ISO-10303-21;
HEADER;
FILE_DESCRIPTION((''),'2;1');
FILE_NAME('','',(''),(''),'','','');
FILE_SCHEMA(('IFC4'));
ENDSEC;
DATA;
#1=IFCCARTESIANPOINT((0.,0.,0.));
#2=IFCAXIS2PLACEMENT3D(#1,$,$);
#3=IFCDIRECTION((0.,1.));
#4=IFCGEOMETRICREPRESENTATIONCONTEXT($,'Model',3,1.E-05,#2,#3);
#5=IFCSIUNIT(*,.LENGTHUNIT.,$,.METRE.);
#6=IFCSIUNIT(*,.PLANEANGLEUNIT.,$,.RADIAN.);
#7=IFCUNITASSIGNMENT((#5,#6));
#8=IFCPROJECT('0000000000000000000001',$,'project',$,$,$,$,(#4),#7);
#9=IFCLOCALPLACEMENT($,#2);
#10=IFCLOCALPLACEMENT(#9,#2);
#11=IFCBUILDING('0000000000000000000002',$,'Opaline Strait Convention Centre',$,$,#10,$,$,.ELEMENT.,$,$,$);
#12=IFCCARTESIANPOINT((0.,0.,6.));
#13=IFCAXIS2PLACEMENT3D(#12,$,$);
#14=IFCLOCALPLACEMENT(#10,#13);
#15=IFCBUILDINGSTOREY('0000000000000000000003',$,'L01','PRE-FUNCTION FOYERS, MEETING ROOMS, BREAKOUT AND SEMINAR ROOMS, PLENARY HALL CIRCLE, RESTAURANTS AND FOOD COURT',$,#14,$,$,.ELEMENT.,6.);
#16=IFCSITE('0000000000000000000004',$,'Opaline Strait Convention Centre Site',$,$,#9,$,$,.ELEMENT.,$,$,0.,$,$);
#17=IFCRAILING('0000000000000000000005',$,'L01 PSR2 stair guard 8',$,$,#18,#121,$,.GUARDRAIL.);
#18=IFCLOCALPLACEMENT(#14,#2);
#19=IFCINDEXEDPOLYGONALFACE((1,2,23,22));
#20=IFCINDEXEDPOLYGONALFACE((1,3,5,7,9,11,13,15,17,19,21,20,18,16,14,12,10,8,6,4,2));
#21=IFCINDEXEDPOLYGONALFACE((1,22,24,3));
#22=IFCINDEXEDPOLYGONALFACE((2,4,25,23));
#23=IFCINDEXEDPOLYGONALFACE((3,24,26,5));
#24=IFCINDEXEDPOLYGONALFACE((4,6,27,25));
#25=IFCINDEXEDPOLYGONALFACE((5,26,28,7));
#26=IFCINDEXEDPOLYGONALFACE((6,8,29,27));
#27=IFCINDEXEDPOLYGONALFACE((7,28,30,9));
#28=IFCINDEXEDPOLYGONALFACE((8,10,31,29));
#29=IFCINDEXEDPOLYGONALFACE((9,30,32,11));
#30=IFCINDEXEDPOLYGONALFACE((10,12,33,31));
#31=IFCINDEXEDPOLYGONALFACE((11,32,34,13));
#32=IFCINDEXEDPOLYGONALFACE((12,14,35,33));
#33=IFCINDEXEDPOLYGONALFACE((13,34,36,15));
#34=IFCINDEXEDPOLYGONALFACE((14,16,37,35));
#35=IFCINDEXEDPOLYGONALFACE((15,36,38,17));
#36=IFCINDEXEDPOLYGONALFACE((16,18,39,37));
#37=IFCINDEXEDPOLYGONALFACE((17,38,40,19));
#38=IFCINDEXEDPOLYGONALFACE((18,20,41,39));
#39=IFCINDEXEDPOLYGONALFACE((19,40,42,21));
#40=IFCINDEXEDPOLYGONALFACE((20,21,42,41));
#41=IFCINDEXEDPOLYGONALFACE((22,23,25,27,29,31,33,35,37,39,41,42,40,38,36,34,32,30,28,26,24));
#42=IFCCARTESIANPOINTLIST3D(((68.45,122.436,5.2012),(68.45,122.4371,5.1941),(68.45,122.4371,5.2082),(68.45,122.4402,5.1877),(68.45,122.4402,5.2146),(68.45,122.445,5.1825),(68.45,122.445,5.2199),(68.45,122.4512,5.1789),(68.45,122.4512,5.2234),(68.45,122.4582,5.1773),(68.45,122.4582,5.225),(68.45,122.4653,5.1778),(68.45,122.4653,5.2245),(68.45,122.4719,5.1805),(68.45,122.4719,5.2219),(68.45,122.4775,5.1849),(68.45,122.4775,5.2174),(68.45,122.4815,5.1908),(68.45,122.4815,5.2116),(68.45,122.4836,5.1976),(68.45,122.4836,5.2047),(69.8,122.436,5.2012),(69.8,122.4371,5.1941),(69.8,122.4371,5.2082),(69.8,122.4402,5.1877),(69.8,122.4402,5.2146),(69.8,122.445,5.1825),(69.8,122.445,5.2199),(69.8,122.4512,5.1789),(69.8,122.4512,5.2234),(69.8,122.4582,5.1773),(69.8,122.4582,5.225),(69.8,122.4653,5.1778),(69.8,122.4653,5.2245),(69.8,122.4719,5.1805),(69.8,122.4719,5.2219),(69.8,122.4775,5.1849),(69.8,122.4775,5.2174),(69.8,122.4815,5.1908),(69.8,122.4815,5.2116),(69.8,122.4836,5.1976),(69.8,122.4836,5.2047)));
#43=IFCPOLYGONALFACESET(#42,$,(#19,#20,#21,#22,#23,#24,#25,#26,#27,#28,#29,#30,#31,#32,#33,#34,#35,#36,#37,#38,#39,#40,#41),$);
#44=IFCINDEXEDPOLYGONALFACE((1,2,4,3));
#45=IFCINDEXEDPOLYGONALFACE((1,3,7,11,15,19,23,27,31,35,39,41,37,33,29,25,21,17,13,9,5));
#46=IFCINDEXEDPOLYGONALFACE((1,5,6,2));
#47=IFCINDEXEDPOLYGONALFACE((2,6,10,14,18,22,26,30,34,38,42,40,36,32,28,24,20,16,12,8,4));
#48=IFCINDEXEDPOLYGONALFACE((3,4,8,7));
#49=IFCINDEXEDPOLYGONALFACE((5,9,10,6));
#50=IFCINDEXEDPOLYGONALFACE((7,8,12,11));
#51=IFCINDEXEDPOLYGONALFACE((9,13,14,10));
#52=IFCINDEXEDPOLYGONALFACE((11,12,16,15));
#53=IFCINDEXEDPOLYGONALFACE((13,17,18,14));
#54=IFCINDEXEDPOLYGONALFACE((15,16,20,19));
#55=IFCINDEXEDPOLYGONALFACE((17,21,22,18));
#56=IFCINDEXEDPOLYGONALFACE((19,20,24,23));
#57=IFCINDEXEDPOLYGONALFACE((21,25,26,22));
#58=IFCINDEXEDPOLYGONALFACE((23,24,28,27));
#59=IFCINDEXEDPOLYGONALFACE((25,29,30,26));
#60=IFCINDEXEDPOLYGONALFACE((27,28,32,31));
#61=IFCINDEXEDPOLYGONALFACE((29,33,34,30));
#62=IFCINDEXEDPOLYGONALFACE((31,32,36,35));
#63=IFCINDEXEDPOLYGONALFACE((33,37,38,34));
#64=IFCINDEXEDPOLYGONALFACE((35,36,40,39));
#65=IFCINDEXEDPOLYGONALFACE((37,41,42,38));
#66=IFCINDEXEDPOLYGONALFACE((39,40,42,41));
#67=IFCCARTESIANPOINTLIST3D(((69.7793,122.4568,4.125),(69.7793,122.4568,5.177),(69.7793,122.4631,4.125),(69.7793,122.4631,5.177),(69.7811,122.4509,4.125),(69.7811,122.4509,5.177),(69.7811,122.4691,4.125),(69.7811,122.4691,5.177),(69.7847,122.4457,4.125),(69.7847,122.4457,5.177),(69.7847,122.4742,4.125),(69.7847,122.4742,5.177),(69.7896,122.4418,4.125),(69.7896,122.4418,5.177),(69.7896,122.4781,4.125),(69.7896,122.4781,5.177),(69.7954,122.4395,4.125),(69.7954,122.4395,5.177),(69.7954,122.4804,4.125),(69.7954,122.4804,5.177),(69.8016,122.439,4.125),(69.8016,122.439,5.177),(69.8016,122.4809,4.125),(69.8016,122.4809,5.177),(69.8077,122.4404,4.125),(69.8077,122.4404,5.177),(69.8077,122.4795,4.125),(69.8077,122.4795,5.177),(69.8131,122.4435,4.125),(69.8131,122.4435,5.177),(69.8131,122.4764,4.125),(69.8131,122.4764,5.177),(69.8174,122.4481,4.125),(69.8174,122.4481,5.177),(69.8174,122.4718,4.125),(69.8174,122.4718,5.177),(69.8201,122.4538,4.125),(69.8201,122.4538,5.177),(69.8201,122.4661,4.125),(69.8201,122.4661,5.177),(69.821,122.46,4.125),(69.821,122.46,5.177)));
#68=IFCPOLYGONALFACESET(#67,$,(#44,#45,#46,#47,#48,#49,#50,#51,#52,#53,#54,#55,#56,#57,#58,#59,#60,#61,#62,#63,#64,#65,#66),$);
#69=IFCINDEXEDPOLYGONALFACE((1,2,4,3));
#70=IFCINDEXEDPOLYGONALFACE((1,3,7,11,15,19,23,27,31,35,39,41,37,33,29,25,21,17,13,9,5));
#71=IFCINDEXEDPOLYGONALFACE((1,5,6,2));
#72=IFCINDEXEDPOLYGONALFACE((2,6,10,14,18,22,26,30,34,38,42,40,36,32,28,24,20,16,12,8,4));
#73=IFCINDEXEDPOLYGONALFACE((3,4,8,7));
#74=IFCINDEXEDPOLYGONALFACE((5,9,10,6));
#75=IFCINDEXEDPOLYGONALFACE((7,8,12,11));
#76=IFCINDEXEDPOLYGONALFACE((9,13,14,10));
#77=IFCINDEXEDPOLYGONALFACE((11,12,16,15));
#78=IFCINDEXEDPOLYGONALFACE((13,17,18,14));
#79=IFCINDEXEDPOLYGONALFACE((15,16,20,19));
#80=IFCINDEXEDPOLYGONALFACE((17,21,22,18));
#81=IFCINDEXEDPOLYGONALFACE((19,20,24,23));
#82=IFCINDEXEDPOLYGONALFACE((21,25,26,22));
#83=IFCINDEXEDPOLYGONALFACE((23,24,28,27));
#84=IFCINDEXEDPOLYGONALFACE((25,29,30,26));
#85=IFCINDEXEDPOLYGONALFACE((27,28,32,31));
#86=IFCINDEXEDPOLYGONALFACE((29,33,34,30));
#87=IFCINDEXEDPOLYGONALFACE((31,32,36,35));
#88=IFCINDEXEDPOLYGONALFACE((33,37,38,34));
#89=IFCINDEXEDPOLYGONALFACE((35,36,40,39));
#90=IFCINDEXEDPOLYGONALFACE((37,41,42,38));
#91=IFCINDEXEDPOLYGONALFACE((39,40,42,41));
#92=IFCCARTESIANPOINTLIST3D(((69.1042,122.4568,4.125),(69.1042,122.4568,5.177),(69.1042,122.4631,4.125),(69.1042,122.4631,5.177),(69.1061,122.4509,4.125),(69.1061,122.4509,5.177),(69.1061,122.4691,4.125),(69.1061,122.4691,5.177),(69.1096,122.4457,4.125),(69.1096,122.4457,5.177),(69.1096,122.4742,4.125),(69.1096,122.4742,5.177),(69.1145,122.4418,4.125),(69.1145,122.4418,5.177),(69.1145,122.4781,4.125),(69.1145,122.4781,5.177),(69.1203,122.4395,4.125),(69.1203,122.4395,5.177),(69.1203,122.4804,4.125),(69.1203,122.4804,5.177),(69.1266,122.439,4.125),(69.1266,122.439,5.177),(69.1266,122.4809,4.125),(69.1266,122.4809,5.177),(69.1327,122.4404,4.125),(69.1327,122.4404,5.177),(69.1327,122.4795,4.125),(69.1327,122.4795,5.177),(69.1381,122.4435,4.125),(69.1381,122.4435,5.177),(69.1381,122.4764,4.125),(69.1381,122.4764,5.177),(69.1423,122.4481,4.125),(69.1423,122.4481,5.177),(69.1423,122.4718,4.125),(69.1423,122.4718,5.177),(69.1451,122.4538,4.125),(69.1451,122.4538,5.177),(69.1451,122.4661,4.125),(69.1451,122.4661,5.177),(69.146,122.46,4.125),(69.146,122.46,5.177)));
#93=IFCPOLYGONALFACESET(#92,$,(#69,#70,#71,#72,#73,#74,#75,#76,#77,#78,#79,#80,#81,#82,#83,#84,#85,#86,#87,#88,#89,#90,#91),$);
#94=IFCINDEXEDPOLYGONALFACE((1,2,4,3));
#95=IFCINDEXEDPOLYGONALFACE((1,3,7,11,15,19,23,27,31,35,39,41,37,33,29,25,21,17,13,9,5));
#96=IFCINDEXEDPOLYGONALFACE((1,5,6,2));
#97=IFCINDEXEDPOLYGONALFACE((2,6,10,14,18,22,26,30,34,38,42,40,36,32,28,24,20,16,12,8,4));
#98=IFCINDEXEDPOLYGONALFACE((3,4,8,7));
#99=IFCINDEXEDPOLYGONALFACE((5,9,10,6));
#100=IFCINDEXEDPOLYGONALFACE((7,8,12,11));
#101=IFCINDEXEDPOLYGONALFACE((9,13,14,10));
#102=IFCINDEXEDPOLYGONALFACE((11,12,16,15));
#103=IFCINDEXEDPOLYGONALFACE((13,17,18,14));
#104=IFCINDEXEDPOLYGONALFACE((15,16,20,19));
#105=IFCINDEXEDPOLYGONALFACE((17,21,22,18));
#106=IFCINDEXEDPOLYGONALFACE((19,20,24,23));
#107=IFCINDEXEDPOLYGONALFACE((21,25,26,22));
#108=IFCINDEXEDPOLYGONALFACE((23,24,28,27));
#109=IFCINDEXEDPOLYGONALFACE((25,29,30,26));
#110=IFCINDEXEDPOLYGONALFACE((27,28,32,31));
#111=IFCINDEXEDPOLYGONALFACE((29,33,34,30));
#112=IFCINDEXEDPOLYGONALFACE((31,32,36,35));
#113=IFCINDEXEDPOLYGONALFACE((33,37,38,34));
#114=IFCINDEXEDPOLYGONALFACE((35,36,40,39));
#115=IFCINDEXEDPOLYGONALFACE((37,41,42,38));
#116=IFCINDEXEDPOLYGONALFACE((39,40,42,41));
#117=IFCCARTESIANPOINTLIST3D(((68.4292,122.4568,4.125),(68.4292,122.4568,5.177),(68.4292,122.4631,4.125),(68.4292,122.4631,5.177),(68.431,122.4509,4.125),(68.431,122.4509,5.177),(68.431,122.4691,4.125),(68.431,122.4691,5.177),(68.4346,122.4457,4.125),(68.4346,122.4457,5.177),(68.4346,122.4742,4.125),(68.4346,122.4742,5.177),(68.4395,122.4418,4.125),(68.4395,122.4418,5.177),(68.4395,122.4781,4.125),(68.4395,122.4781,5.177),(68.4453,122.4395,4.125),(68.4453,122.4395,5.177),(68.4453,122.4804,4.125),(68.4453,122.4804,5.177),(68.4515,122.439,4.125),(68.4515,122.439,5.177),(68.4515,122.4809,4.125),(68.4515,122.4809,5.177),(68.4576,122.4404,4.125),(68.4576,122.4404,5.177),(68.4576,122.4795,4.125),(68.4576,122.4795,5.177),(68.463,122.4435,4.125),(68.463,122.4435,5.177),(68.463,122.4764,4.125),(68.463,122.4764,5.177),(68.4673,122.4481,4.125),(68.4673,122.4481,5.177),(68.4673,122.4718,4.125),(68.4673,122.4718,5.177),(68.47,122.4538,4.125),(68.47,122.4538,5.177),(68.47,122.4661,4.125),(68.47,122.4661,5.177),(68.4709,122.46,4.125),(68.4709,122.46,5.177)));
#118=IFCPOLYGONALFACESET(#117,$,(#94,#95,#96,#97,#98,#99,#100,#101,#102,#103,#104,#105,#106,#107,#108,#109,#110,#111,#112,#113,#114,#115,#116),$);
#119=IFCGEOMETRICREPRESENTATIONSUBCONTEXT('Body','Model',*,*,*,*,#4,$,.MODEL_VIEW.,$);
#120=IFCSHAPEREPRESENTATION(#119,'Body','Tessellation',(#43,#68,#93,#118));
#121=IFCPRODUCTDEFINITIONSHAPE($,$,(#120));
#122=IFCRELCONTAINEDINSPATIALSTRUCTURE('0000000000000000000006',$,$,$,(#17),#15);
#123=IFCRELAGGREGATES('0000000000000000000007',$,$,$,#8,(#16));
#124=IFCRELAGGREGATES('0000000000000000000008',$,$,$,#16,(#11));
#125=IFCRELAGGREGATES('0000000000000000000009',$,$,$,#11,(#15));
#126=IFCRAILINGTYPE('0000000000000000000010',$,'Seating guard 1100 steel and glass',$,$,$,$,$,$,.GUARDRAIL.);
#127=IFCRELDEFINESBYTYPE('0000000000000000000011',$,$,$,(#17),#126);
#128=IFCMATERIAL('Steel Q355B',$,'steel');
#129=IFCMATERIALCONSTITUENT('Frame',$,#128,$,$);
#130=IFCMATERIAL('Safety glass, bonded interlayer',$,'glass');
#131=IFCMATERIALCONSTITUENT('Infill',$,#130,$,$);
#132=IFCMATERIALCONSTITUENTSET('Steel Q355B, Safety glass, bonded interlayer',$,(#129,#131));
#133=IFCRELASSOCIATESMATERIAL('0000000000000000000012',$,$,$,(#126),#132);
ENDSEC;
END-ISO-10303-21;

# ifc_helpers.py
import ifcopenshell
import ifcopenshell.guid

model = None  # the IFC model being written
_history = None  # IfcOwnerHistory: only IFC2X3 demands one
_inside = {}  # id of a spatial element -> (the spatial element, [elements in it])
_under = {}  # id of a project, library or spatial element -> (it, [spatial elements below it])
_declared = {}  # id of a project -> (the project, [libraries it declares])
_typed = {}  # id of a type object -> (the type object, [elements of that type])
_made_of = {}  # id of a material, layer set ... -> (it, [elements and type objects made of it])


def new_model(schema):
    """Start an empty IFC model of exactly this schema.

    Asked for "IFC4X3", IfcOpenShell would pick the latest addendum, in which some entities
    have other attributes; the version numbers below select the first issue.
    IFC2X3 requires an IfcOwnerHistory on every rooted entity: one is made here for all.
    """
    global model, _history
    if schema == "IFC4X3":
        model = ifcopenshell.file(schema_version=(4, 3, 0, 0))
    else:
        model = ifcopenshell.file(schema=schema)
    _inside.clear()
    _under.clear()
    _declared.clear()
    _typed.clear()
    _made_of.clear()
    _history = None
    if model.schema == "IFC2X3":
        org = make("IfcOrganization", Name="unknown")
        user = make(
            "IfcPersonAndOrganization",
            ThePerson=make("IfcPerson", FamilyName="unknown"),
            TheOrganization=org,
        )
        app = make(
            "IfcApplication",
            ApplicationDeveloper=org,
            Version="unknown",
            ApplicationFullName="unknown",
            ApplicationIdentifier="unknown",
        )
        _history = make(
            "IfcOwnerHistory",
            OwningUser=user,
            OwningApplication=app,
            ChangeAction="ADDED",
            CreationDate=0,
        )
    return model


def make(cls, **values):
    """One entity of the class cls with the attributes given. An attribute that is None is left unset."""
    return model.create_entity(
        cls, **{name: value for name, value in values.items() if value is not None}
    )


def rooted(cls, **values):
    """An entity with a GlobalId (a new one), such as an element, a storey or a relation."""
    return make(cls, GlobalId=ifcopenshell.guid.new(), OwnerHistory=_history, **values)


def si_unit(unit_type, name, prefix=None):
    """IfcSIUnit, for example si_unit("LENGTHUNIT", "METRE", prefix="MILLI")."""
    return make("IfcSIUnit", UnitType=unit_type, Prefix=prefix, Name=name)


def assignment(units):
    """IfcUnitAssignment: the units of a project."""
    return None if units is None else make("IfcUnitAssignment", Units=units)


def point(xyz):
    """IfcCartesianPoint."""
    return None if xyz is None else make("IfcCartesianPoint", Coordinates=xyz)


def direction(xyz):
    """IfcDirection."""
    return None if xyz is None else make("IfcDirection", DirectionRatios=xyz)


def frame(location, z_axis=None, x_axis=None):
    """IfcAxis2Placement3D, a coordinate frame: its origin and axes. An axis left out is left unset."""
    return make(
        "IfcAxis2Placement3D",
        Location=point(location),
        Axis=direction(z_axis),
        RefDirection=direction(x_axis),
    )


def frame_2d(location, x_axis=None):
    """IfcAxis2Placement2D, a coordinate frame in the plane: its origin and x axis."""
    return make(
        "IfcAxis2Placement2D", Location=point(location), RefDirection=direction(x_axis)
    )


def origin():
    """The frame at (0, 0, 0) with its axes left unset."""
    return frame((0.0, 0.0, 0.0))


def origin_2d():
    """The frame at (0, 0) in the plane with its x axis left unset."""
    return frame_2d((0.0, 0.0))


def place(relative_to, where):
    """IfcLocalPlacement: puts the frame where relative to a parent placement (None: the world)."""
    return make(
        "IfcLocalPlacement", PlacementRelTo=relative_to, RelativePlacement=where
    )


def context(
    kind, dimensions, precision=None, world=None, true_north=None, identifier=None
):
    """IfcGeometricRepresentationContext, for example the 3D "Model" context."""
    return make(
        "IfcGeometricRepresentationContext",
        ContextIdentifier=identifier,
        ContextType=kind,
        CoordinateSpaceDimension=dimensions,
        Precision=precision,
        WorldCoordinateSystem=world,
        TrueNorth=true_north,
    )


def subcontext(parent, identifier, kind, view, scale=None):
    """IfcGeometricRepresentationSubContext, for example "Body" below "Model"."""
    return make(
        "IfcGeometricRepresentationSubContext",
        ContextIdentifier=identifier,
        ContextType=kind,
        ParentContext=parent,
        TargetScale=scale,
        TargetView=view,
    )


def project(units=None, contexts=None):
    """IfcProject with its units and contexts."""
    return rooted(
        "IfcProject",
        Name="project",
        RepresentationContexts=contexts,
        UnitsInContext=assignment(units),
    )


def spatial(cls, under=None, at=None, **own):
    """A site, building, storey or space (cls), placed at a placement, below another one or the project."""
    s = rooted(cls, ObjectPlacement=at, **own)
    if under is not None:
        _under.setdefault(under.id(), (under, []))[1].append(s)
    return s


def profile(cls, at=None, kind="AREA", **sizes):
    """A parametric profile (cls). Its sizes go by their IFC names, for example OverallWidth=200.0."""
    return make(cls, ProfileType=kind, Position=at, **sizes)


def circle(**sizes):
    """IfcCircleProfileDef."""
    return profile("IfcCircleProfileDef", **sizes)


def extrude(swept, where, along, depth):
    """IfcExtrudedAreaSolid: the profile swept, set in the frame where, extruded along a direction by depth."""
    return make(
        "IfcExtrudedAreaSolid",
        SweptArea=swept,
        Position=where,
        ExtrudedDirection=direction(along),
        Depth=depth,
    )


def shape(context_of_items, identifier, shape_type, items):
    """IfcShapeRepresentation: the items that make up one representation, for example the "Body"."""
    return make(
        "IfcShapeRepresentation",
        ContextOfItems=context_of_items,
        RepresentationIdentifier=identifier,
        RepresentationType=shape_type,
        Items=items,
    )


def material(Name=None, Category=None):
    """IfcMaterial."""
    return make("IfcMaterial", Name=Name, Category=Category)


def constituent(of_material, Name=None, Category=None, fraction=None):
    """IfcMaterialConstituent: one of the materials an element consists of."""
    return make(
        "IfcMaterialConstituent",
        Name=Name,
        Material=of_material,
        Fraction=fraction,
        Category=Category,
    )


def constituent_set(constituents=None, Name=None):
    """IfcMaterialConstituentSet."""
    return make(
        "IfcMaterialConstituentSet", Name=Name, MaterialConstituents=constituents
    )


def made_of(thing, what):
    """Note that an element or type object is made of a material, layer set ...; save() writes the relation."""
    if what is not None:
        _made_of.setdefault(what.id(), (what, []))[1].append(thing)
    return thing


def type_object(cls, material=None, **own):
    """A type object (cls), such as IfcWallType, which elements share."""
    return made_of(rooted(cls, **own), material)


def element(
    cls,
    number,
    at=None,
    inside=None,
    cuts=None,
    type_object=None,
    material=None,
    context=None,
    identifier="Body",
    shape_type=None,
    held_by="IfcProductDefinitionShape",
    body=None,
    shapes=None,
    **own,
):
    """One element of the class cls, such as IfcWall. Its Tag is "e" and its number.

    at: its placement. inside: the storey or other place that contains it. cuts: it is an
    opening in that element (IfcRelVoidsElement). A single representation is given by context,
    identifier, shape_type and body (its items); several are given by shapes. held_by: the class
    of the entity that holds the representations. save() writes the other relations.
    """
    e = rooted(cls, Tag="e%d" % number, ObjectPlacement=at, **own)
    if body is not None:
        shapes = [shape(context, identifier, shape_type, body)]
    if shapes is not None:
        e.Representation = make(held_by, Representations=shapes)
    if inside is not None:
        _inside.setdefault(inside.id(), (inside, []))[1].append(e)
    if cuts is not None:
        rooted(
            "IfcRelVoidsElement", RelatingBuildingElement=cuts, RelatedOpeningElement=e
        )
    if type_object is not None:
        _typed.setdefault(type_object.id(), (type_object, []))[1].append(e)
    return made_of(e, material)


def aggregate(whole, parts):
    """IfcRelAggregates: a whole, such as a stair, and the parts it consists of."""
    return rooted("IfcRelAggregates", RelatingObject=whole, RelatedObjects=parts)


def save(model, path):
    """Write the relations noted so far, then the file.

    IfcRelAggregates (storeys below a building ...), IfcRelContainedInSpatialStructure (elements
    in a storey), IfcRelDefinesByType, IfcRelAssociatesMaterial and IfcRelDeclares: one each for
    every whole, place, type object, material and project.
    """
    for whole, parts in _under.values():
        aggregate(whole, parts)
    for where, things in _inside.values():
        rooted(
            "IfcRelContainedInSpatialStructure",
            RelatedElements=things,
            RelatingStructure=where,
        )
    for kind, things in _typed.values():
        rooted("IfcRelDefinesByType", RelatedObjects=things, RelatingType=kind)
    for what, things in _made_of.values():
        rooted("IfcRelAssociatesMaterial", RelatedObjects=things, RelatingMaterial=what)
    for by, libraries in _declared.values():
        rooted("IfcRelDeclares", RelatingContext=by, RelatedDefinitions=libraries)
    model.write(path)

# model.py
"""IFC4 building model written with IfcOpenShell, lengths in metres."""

from ifc_helpers import new_model, si_unit, direction, frame, origin, origin_2d, place, context, subcontext, project, spatial, circle, extrude, material, constituent, constituent_set, type_object, element, save


model = new_model("IFC4")

# Units and contexts
model_context = context("Model", 3, precision=1e-05, world=origin(), true_north=direction((0.0, 1.0)))
body_context = subcontext(model_context, "Body", "Model", "MODEL_VIEW")
ifc_project = project(units=[si_unit("LENGTHUNIT", "METRE"), si_unit("PLANEANGLEUNIT", "RADIAN")], contexts=[model_context])

# Site, building, storey
site_placement = place(None, origin())
site = spatial("IfcSite", under=ifc_project, at=site_placement, Name="Opaline Strait Convention Centre Site", CompositionType="ELEMENT", RefElevation=0.0)
building_placement = place(site_placement, origin())
building = spatial("IfcBuilding", under=site, at=building_placement, Name="Opaline Strait Convention Centre", CompositionType="ELEMENT")
storey_placement = place(building_placement, frame((0.0, 0.0, 6.0)))
storey = spatial("IfcBuildingStorey", under=building, at=storey_placement, Name="L01", Description="PRE-FUNCTION FOYERS, MEETING ROOMS, BREAKOUT AND SEMINAR ROOMS, PLENARY HALL CIRCLE, RESTAURANTS AND FOOD COURT", CompositionType="ELEMENT", Elevation=6.0)

# Railing
ifc_material_1 = material(Name="Steel Q355B", Category="steel")
ifc_constituent_1 = constituent(ifc_material_1, Name="Frame")
ifc_material_2 = material(Name="Safety glass, bonded interlayer", Category="glass")
ifc_constituent_2 = constituent(ifc_material_2, Name="Infill")
ifc_constituent_set = constituent_set(constituents=[ifc_constituent_1, ifc_constituent_2], Name="Steel Q355B, Safety glass, bonded interlayer")
railing_type = type_object("IfcRailingType", Name="Seating guard 1100 steel and glass", PredefinedType="GUARDRAIL", material=ifc_constituent_set)
for number, where, name in (
    (1, (69.8, 122.46, 4.125), "L01 PSR2 stair guard 8"),
):
    element("IfcRailing", number, at=place(storey_placement, frame(where)), inside=storey, type_object=railing_type, Name=name, PredefinedType="GUARDRAIL", context=body_context, shape_type="SweptSolid", body=[
        extrude(circle(Radius=0.0239, at=origin_2d()), frame((0.0, 0.0, 1.0762), z_axis=(-1.0, 0.0, 0.0), x_axis=(0.0, -1.0, 0.0)), (0.0, 0.0, 1.0), 1.3501),
        extrude(circle(Radius=0.021, at=origin_2d()), origin(), (0.0, 0.0, 1.0), 1.052),
        extrude(circle(Radius=0.021, at=origin_2d()), frame((-0.675, 0.0, 0.0)), (0.0, 0.0, 1.0), 1.052),
        extrude(circle(Radius=0.021, at=origin_2d()), frame((-1.3501, 0.0, 0.0)), (0.0, 0.0, 1.0), 1.052),
    ])

save(model, "model.ifc")
